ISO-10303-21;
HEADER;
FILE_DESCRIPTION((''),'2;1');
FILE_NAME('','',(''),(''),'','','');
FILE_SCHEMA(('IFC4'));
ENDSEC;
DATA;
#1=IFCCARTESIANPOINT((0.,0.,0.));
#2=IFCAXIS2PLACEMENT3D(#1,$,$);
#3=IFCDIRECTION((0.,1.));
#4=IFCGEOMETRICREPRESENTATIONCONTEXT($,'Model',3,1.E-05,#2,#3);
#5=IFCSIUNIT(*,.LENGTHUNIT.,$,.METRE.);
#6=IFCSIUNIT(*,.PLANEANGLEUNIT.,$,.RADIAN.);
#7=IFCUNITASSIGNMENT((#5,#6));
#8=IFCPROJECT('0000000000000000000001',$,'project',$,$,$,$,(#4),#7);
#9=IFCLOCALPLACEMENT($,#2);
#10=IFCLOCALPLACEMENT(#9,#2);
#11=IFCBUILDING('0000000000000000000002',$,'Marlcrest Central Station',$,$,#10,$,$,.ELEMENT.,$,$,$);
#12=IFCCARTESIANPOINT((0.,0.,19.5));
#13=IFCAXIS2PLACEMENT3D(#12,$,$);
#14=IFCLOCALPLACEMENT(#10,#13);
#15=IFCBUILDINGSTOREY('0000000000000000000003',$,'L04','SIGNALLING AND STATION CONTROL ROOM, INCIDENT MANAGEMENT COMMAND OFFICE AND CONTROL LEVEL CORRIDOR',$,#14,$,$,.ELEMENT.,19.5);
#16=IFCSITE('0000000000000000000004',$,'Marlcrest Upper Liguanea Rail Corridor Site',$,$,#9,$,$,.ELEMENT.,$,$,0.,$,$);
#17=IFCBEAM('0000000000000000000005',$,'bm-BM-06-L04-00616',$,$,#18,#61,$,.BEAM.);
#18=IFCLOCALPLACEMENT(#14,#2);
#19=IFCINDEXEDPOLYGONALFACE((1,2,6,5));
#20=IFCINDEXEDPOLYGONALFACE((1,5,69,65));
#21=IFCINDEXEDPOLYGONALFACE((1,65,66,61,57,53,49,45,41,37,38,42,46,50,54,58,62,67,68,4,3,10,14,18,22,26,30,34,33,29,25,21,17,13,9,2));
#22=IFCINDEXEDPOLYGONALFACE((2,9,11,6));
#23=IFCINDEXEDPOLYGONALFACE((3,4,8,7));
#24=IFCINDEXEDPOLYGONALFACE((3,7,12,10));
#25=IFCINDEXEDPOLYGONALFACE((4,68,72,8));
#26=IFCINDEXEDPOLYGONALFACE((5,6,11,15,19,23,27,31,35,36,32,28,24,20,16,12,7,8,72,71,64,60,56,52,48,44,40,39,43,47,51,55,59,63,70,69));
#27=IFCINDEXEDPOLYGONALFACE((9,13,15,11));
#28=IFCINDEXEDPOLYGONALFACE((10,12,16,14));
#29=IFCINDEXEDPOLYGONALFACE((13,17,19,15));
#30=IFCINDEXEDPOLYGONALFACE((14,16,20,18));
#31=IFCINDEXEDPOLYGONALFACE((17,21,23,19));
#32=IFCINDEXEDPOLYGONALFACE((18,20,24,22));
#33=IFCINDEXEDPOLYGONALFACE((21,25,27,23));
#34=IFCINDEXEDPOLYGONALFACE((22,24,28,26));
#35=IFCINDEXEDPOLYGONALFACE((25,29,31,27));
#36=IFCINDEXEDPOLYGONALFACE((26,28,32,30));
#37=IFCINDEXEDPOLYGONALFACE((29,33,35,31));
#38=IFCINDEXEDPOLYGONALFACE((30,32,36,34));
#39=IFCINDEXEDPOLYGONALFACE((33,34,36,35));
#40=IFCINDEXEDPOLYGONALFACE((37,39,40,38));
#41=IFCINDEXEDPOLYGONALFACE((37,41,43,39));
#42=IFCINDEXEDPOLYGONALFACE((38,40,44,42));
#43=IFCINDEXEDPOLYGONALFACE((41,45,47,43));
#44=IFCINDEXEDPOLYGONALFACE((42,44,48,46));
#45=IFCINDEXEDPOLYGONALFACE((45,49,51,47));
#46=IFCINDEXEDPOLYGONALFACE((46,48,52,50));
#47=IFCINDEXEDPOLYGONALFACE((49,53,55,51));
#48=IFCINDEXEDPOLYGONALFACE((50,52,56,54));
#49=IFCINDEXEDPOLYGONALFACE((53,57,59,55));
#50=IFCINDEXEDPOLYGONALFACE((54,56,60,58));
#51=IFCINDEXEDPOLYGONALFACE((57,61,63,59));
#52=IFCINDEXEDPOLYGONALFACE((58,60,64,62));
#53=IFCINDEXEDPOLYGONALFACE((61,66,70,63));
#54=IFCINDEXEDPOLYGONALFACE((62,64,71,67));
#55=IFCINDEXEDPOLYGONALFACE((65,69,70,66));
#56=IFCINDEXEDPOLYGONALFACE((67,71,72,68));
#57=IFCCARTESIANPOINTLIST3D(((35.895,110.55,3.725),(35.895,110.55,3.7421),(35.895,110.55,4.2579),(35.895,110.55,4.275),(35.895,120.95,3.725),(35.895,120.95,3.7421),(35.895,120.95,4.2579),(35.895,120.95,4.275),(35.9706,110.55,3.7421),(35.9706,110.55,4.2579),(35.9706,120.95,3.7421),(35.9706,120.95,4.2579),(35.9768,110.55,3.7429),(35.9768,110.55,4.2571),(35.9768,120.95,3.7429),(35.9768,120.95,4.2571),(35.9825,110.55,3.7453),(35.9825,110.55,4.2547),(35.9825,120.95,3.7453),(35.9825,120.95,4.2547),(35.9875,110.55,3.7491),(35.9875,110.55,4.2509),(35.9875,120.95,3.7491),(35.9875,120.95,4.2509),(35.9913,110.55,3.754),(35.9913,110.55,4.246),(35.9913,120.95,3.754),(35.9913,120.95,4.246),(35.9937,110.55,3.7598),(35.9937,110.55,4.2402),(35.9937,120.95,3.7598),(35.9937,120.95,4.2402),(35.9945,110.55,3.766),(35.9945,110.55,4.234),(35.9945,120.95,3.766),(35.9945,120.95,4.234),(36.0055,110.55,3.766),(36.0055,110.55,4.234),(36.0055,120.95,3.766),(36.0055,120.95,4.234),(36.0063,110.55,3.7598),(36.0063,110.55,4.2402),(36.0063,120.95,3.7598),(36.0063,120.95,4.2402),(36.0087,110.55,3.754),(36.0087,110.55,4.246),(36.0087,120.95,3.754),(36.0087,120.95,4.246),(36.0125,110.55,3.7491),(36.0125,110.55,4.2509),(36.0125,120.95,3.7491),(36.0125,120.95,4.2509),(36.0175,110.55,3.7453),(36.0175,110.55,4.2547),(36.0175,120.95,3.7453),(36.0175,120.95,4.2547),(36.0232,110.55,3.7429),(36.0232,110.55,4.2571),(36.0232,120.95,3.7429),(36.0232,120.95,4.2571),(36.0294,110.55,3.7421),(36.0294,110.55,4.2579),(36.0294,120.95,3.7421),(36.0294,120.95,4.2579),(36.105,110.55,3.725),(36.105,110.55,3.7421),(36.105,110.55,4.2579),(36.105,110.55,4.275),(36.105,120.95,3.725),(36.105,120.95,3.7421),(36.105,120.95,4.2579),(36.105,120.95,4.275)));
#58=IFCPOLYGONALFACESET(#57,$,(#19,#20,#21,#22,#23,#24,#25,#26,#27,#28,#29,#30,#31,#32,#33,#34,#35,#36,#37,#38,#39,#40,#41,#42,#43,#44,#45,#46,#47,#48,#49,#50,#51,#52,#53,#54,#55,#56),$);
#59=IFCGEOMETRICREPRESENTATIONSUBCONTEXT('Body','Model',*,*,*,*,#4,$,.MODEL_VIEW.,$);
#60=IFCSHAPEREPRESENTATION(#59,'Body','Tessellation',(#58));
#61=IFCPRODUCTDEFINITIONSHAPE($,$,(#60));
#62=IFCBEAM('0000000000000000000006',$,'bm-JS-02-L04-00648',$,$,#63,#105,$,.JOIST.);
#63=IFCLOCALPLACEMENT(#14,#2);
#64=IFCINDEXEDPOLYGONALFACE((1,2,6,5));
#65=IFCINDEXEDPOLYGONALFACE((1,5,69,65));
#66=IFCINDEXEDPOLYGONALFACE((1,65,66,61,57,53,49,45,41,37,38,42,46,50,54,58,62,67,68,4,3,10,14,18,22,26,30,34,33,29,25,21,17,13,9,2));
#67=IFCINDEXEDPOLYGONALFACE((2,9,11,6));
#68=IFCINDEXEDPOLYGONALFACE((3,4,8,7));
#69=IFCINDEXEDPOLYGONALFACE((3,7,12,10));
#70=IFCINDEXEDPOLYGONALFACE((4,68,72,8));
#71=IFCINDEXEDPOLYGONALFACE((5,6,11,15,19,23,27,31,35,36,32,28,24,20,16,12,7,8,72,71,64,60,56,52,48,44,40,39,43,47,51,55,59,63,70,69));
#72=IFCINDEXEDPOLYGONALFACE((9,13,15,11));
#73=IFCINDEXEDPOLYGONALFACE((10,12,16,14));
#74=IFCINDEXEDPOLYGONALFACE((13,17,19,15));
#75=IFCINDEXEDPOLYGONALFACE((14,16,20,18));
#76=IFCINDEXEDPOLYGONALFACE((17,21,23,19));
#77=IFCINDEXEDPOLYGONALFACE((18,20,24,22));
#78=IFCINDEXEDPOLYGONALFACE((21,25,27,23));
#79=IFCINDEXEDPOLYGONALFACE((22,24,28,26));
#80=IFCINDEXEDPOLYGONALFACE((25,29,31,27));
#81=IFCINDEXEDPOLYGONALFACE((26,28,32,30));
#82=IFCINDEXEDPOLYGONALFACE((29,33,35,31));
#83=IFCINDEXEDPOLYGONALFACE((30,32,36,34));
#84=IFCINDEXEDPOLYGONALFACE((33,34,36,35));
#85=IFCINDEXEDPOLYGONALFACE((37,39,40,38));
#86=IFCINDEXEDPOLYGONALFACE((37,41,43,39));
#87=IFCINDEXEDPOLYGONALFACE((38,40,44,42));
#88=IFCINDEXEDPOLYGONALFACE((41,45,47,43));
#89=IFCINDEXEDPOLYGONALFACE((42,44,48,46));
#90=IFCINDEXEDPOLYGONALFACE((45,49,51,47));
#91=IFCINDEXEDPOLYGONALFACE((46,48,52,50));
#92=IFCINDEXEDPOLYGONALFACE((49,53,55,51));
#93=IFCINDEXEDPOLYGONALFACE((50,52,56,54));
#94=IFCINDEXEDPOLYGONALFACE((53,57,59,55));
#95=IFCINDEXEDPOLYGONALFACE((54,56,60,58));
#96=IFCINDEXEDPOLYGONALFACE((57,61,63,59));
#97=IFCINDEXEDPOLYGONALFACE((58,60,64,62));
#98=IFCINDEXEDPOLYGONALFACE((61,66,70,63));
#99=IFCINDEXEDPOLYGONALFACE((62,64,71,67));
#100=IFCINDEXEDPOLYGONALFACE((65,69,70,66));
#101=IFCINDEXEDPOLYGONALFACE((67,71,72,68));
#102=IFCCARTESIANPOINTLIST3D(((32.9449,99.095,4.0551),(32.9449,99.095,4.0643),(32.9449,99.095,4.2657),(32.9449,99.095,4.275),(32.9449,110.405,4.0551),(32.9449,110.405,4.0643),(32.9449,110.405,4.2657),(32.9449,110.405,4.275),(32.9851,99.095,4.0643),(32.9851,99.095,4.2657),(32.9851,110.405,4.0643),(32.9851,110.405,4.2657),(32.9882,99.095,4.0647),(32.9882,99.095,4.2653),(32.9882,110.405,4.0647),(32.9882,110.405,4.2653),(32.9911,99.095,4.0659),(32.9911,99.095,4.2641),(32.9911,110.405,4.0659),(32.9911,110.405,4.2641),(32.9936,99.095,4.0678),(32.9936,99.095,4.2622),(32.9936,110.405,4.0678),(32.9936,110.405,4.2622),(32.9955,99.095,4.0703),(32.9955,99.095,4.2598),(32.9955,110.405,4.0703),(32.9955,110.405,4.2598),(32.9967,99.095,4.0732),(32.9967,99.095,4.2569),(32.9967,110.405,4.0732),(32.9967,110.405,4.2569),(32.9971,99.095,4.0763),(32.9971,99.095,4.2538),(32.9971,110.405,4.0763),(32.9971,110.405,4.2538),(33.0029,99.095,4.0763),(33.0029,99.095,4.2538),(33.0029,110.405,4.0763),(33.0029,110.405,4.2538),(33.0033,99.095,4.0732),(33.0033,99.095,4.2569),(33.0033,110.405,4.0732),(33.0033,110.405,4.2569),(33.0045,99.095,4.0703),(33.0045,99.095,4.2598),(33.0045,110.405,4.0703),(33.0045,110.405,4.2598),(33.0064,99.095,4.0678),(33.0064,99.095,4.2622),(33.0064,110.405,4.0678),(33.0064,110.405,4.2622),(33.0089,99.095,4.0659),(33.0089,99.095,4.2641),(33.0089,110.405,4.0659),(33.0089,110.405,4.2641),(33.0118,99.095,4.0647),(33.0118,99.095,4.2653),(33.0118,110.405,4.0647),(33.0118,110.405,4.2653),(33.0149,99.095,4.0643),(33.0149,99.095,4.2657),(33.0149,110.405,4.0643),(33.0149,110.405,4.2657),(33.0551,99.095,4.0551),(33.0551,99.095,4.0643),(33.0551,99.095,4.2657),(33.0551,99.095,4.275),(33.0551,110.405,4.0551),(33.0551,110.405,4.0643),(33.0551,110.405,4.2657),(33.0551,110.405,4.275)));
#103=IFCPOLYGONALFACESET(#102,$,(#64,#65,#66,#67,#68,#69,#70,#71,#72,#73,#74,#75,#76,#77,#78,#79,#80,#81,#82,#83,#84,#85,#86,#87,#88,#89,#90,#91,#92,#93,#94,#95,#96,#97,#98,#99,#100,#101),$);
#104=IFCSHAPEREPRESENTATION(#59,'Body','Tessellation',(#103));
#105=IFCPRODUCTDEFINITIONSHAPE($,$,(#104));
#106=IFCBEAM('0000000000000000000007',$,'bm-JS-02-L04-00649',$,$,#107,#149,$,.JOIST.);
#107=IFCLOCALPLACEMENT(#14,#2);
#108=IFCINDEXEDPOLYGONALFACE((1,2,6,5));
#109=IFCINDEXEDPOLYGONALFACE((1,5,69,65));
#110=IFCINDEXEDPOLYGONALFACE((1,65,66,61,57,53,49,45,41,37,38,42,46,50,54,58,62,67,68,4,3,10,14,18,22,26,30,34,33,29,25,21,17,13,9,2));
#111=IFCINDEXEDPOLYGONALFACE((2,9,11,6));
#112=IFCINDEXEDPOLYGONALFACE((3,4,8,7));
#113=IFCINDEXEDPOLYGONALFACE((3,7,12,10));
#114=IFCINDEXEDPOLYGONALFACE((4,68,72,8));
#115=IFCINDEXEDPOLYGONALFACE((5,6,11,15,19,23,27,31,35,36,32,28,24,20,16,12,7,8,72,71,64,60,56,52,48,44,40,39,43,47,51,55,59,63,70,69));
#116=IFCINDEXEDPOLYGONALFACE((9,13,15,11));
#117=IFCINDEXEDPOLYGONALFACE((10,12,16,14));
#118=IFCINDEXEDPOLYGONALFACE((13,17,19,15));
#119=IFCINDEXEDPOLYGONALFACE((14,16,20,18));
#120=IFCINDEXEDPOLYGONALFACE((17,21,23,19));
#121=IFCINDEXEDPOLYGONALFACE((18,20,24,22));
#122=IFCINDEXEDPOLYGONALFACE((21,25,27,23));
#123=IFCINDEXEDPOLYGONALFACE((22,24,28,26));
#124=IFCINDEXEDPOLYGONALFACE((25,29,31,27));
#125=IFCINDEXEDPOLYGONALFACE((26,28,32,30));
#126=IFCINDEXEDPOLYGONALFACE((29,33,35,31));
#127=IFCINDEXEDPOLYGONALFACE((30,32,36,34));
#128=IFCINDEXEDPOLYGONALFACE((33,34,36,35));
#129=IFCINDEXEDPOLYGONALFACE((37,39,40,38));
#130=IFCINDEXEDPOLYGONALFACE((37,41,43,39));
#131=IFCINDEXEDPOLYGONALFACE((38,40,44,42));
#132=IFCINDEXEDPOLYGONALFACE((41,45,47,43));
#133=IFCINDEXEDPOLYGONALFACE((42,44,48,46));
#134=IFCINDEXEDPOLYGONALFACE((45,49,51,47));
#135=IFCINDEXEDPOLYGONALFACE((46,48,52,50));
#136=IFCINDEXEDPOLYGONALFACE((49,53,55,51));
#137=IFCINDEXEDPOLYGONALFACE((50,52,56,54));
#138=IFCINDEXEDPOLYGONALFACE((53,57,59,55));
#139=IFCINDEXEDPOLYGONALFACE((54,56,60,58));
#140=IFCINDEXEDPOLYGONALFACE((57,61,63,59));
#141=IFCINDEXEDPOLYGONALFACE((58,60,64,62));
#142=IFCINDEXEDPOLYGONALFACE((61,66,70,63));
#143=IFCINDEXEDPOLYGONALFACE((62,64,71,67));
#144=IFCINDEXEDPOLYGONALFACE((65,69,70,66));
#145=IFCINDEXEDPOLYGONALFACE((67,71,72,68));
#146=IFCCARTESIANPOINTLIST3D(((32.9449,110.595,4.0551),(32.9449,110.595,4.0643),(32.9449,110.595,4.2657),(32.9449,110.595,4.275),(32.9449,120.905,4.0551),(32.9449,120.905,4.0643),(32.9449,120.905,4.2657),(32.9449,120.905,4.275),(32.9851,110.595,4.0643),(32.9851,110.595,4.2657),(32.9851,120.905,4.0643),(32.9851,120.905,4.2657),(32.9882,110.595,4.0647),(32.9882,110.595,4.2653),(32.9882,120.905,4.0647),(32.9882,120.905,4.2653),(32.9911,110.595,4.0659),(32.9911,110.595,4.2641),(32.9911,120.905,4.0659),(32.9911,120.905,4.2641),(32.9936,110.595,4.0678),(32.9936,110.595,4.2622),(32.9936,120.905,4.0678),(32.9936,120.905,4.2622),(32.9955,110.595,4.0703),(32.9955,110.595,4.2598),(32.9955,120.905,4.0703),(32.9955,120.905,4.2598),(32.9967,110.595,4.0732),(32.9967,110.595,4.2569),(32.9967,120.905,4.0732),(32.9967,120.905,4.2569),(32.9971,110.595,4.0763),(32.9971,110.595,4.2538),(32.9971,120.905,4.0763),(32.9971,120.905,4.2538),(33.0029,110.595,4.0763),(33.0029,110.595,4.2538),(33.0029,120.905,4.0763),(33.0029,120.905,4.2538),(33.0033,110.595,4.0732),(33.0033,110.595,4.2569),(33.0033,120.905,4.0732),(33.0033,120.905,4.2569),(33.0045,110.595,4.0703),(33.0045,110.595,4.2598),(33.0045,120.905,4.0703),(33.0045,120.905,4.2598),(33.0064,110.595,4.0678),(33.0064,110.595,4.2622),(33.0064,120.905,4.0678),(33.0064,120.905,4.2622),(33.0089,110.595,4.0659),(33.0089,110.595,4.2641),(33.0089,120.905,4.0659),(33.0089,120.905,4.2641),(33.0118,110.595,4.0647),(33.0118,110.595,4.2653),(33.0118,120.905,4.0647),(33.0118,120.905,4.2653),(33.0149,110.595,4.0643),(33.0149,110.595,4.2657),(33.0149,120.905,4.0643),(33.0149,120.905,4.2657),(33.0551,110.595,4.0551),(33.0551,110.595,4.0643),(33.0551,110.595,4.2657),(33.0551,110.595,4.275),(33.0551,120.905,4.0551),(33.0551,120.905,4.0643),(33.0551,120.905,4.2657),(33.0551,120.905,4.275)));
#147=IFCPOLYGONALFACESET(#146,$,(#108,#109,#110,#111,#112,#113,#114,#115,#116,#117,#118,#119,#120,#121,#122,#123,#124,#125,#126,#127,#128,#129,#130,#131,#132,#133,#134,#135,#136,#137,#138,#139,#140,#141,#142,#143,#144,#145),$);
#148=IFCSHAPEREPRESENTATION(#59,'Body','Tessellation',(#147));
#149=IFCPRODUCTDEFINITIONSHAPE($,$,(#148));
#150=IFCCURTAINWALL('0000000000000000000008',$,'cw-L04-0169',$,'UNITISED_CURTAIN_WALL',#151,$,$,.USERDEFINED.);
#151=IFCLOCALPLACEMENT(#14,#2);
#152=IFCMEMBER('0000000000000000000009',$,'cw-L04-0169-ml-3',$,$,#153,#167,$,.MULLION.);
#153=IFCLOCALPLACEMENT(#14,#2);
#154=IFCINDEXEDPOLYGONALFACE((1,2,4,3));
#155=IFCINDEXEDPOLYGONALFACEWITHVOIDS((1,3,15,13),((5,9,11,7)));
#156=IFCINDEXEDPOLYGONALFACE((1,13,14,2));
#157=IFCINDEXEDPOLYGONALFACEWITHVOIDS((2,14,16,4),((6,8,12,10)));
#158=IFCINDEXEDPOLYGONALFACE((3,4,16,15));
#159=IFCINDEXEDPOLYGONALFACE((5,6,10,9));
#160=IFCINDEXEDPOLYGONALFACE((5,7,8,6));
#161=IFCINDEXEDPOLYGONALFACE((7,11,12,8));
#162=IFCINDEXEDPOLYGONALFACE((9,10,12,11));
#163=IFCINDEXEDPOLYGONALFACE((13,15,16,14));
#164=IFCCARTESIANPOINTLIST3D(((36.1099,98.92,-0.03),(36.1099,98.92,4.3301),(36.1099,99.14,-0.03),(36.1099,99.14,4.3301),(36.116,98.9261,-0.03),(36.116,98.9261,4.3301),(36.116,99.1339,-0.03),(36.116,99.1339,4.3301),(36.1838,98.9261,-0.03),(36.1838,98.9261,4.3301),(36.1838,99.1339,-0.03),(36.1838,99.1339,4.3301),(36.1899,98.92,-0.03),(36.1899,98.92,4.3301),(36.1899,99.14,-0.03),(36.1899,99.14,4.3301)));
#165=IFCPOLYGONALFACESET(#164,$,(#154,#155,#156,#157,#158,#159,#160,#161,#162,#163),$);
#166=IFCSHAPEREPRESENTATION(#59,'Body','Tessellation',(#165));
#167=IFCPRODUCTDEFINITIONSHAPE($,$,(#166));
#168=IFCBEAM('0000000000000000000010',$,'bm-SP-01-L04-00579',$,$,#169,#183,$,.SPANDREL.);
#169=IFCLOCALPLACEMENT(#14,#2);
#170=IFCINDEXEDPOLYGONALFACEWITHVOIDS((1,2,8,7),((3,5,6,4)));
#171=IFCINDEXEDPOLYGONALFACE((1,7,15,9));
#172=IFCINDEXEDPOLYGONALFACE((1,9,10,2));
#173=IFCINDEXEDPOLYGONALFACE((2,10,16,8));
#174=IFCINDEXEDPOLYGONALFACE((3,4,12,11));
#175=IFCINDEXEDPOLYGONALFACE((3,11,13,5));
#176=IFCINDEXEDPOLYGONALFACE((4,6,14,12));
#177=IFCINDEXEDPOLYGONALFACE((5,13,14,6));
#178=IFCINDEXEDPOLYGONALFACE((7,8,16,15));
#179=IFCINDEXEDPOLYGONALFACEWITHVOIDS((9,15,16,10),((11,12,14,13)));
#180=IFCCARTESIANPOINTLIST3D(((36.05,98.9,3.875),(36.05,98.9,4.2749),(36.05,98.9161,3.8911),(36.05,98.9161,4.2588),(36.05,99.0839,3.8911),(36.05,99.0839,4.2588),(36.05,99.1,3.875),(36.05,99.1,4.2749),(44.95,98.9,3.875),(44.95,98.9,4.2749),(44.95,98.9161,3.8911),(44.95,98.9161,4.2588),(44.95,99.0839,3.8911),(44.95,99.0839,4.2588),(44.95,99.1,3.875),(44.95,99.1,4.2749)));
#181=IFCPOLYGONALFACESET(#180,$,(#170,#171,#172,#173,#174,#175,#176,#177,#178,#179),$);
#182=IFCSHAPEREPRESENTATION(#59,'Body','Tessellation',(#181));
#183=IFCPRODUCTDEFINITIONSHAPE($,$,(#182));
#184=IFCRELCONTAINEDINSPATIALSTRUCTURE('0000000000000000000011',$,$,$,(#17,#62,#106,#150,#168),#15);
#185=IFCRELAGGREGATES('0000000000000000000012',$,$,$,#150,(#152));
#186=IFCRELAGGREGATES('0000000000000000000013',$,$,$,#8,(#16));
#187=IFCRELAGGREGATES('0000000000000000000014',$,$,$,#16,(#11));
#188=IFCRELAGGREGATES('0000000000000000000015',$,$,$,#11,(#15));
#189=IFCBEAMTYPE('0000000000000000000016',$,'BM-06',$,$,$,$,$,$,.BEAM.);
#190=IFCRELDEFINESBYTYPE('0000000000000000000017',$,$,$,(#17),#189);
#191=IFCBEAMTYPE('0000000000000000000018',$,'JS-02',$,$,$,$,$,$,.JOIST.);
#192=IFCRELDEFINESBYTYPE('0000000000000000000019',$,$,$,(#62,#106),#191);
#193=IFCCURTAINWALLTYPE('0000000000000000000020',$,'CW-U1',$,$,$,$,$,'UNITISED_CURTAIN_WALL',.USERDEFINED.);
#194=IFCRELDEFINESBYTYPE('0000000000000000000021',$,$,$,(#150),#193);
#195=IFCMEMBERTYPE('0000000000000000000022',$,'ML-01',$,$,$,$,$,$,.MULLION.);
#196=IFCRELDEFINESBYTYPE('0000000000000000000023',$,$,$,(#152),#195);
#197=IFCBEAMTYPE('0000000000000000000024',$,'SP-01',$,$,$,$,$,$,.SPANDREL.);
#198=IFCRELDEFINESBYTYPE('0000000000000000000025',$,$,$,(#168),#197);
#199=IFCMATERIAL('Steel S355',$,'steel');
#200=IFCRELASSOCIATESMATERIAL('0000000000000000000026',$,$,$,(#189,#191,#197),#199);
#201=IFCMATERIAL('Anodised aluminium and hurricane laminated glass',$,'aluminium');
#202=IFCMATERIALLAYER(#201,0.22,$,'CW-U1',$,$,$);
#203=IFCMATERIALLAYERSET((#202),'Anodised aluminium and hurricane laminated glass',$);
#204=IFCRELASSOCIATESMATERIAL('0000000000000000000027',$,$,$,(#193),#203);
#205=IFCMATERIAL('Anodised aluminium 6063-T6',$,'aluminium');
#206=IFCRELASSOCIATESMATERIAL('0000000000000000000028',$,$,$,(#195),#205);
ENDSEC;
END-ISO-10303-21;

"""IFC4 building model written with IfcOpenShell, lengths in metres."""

from ifc_helpers import new_model, si_unit, direction, frame, origin, origin_2d, place, context, subcontext, project, spatial, hollow_rectangle, i_section, extrude, material, layer, layer_set, material_profile, profile_set, type_object, element, aggregate, save


model = new_model("IFC4")

# Units and contexts
model_context = context("Model", 3, precision=1e-05, world=origin(), true_north=direction((0.0, 1.0)))
body_context = subcontext(model_context, "Body", "Model", "MODEL_VIEW")
ifc_project = project(units=[si_unit("LENGTHUNIT", "METRE"), si_unit("PLANEANGLEUNIT", "RADIAN")], contexts=[model_context])

# Site, building, storey
site_placement = place(None, origin())
site = spatial("IfcSite", under=ifc_project, at=site_placement, Name="Marlcrest Upper Liguanea Rail Corridor Site", CompositionType="ELEMENT", RefElevation=0.0)
building_placement = place(site_placement, origin())
building = spatial("IfcBuilding", under=site, at=building_placement, Name="Marlcrest Central Station", CompositionType="ELEMENT")
storey_placement = place(building_placement, frame((0.0, 0.0, 19.5)))
storey = spatial("IfcBuildingStorey", under=building, at=storey_placement, Name="L04", Description="SIGNALLING AND STATION CONTROL ROOM, INCIDENT MANAGEMENT COMMAND OFFICE AND CONTROL LEVEL CORRIDOR", CompositionType="ELEMENT", Elevation=19.5)

# Shared definitions
ifc_material_1 = material(Name="Steel S355", Category="steel")

# Beams
ifc_material_profile_1 = material_profile(ifc_material_1, i_section(OverallWidth=0.21, OverallDepth=0.55, WebThickness=0.011, FlangeThickness=0.0171, FilletRadius=0.0239, at=origin_2d()), Name="IPE 550")
ifc_profile_set_1 = profile_set([ifc_material_profile_1], Name="Steel S355")
beam_type_1 = type_object("IfcBeamType", Name="BM-06", PredefinedType="BEAM", material=ifc_profile_set_1)
beam_1_placement = place(storey_placement, frame((36.0, 110.55, 4.0), z_axis=(0.0, 1.0, 0.0), x_axis=(-1.0, 0.0, 0.0)))
element("IfcBeam", 1, at=beam_1_placement, inside=storey, type_object=beam_type_1, Name="bm-BM-06-L04-00616", PredefinedType="BEAM", context=body_context, shape_type="SweptSolid", body=[
    extrude(i_section(OverallWidth=0.21, OverallDepth=0.55, WebThickness=0.011, FlangeThickness=0.0171, FilletRadius=0.0239, at=origin_2d()), origin(), (0.0, 0.0, 1.0), 10.3999),
])
ifc_material_profile_2 = material_profile(ifc_material_1, i_section(OverallWidth=0.1101, OverallDepth=0.22, WebThickness=0.0059, FlangeThickness=0.0093, FilletRadius=0.012, at=origin_2d()), Name="IPE 220")
ifc_profile_set_2 = profile_set([ifc_material_profile_2], Name="Steel S355")
beam_type_2 = type_object("IfcBeamType", Name="JS-02", PredefinedType="JOIST", material=ifc_profile_set_2)
beam_2_placement = place(storey_placement, frame((33.0, 99.095, 4.165), z_axis=(0.0, 1.0, 0.0), x_axis=(-1.0, 0.0, 0.0)))
element("IfcBeam", 2, at=beam_2_placement, inside=storey, type_object=beam_type_2, Name="bm-JS-02-L04-00648", PredefinedType="JOIST", context=body_context, shape_type="SweptSolid", body=[
    extrude(i_section(OverallWidth=0.1101, OverallDepth=0.22, WebThickness=0.0059, FlangeThickness=0.0093, FilletRadius=0.012, at=origin_2d()), origin(), (0.0, 0.0, 1.0), 11.3101),
])
beam_3_placement = place(storey_placement, frame((33.0, 110.595, 4.165), z_axis=(0.0, 1.0, 0.0), x_axis=(-1.0, 0.0, 0.0)))
element("IfcBeam", 3, at=beam_3_placement, inside=storey, type_object=beam_type_2, Name="bm-JS-02-L04-00649", PredefinedType="JOIST", context=body_context, shape_type="SweptSolid", body=[
    extrude(i_section(OverallWidth=0.1101, OverallDepth=0.22, WebThickness=0.0059, FlangeThickness=0.0093, FilletRadius=0.012, at=origin_2d()), origin(), (0.0, 0.0, 1.0), 10.3101),
])

# Curtain wall, member
ifc_material_2 = material(Name="Anodised aluminium and hurricane laminated glass", Category="aluminium")
ifc_layer_1 = layer(ifc_material_2, 0.22, Name="CW-U1")
ifc_layer_set_1 = layer_set([ifc_layer_1], Name="Anodised aluminium and hurricane laminated glass")
curtain_wall_type = type_object("IfcCurtainWallType", Name="CW-U1", ElementType="UNITISED_CURTAIN_WALL", PredefinedType="USERDEFINED", material=ifc_layer_set_1)
curtain_wall_placement = place(storey_placement, origin())
curtain_wall = element("IfcCurtainWall", 4, at=curtain_wall_placement, inside=storey, type_object=curtain_wall_type, Name="cw-L04-0169", ObjectType="UNITISED_CURTAIN_WALL", PredefinedType="USERDEFINED")
ifc_material_3 = material(Name="Anodised aluminium 6063-T6", Category="aluminium")
ifc_material_profile_3 = material_profile(ifc_material_3, hollow_rectangle(XDim=0.0801, YDim=0.22, WallThickness=0.0061, at=origin_2d()), Name="AA-RHS 220x80x6")
ifc_profile_set_3 = profile_set([ifc_material_profile_3], Name="Anodised aluminium 6063-T6")
member_type = type_object("IfcMemberType", Name="ML-01", PredefinedType="MULLION", material=ifc_profile_set_3)
member_placement = place(storey_placement, frame((36.1499, 99.03, -0.03), z_axis=(0.0, 0.0, 1.0), x_axis=(1.0, 0.0, 0.0)))
member = element("IfcMember", 5, at=member_placement, type_object=member_type, Name="cw-L04-0169-ml-3", PredefinedType="MULLION", context=body_context, shape_type="SweptSolid", body=[
    extrude(hollow_rectangle(XDim=0.0801, YDim=0.22, WallThickness=0.0061, at=origin_2d()), origin(), (0.0, 0.0, 1.0), 4.3601),
])
aggregate(curtain_wall, [member])

# Beam
ifc_material_profile_4 = material_profile(ifc_material_1, hollow_rectangle(XDim=0.2, YDim=0.3999, WallThickness=0.0161, at=origin_2d()), Name="RHS 400x200x16")
ifc_profile_set_4 = profile_set([ifc_material_profile_4], Name="Steel S355")
beam_type_3 = type_object("IfcBeamType", Name="SP-01", PredefinedType="SPANDREL", material=ifc_profile_set_4)
beam_4_placement = place(storey_placement, frame((36.05, 99.0, 4.075), z_axis=(1.0, 0.0, 0.0), x_axis=(0.0, 1.0, 0.0)))
element("IfcBeam", 6, at=beam_4_placement, inside=storey, type_object=beam_type_3, Name="bm-SP-01-L04-00579", PredefinedType="SPANDREL", context=body_context, shape_type="SweptSolid", body=[
    extrude(hollow_rectangle(XDim=0.2, YDim=0.3999, WallThickness=0.0161, at=origin_2d()), origin(), (0.0, 0.0, 1.0), 8.8999),
])

save(model, "model.ifc")
